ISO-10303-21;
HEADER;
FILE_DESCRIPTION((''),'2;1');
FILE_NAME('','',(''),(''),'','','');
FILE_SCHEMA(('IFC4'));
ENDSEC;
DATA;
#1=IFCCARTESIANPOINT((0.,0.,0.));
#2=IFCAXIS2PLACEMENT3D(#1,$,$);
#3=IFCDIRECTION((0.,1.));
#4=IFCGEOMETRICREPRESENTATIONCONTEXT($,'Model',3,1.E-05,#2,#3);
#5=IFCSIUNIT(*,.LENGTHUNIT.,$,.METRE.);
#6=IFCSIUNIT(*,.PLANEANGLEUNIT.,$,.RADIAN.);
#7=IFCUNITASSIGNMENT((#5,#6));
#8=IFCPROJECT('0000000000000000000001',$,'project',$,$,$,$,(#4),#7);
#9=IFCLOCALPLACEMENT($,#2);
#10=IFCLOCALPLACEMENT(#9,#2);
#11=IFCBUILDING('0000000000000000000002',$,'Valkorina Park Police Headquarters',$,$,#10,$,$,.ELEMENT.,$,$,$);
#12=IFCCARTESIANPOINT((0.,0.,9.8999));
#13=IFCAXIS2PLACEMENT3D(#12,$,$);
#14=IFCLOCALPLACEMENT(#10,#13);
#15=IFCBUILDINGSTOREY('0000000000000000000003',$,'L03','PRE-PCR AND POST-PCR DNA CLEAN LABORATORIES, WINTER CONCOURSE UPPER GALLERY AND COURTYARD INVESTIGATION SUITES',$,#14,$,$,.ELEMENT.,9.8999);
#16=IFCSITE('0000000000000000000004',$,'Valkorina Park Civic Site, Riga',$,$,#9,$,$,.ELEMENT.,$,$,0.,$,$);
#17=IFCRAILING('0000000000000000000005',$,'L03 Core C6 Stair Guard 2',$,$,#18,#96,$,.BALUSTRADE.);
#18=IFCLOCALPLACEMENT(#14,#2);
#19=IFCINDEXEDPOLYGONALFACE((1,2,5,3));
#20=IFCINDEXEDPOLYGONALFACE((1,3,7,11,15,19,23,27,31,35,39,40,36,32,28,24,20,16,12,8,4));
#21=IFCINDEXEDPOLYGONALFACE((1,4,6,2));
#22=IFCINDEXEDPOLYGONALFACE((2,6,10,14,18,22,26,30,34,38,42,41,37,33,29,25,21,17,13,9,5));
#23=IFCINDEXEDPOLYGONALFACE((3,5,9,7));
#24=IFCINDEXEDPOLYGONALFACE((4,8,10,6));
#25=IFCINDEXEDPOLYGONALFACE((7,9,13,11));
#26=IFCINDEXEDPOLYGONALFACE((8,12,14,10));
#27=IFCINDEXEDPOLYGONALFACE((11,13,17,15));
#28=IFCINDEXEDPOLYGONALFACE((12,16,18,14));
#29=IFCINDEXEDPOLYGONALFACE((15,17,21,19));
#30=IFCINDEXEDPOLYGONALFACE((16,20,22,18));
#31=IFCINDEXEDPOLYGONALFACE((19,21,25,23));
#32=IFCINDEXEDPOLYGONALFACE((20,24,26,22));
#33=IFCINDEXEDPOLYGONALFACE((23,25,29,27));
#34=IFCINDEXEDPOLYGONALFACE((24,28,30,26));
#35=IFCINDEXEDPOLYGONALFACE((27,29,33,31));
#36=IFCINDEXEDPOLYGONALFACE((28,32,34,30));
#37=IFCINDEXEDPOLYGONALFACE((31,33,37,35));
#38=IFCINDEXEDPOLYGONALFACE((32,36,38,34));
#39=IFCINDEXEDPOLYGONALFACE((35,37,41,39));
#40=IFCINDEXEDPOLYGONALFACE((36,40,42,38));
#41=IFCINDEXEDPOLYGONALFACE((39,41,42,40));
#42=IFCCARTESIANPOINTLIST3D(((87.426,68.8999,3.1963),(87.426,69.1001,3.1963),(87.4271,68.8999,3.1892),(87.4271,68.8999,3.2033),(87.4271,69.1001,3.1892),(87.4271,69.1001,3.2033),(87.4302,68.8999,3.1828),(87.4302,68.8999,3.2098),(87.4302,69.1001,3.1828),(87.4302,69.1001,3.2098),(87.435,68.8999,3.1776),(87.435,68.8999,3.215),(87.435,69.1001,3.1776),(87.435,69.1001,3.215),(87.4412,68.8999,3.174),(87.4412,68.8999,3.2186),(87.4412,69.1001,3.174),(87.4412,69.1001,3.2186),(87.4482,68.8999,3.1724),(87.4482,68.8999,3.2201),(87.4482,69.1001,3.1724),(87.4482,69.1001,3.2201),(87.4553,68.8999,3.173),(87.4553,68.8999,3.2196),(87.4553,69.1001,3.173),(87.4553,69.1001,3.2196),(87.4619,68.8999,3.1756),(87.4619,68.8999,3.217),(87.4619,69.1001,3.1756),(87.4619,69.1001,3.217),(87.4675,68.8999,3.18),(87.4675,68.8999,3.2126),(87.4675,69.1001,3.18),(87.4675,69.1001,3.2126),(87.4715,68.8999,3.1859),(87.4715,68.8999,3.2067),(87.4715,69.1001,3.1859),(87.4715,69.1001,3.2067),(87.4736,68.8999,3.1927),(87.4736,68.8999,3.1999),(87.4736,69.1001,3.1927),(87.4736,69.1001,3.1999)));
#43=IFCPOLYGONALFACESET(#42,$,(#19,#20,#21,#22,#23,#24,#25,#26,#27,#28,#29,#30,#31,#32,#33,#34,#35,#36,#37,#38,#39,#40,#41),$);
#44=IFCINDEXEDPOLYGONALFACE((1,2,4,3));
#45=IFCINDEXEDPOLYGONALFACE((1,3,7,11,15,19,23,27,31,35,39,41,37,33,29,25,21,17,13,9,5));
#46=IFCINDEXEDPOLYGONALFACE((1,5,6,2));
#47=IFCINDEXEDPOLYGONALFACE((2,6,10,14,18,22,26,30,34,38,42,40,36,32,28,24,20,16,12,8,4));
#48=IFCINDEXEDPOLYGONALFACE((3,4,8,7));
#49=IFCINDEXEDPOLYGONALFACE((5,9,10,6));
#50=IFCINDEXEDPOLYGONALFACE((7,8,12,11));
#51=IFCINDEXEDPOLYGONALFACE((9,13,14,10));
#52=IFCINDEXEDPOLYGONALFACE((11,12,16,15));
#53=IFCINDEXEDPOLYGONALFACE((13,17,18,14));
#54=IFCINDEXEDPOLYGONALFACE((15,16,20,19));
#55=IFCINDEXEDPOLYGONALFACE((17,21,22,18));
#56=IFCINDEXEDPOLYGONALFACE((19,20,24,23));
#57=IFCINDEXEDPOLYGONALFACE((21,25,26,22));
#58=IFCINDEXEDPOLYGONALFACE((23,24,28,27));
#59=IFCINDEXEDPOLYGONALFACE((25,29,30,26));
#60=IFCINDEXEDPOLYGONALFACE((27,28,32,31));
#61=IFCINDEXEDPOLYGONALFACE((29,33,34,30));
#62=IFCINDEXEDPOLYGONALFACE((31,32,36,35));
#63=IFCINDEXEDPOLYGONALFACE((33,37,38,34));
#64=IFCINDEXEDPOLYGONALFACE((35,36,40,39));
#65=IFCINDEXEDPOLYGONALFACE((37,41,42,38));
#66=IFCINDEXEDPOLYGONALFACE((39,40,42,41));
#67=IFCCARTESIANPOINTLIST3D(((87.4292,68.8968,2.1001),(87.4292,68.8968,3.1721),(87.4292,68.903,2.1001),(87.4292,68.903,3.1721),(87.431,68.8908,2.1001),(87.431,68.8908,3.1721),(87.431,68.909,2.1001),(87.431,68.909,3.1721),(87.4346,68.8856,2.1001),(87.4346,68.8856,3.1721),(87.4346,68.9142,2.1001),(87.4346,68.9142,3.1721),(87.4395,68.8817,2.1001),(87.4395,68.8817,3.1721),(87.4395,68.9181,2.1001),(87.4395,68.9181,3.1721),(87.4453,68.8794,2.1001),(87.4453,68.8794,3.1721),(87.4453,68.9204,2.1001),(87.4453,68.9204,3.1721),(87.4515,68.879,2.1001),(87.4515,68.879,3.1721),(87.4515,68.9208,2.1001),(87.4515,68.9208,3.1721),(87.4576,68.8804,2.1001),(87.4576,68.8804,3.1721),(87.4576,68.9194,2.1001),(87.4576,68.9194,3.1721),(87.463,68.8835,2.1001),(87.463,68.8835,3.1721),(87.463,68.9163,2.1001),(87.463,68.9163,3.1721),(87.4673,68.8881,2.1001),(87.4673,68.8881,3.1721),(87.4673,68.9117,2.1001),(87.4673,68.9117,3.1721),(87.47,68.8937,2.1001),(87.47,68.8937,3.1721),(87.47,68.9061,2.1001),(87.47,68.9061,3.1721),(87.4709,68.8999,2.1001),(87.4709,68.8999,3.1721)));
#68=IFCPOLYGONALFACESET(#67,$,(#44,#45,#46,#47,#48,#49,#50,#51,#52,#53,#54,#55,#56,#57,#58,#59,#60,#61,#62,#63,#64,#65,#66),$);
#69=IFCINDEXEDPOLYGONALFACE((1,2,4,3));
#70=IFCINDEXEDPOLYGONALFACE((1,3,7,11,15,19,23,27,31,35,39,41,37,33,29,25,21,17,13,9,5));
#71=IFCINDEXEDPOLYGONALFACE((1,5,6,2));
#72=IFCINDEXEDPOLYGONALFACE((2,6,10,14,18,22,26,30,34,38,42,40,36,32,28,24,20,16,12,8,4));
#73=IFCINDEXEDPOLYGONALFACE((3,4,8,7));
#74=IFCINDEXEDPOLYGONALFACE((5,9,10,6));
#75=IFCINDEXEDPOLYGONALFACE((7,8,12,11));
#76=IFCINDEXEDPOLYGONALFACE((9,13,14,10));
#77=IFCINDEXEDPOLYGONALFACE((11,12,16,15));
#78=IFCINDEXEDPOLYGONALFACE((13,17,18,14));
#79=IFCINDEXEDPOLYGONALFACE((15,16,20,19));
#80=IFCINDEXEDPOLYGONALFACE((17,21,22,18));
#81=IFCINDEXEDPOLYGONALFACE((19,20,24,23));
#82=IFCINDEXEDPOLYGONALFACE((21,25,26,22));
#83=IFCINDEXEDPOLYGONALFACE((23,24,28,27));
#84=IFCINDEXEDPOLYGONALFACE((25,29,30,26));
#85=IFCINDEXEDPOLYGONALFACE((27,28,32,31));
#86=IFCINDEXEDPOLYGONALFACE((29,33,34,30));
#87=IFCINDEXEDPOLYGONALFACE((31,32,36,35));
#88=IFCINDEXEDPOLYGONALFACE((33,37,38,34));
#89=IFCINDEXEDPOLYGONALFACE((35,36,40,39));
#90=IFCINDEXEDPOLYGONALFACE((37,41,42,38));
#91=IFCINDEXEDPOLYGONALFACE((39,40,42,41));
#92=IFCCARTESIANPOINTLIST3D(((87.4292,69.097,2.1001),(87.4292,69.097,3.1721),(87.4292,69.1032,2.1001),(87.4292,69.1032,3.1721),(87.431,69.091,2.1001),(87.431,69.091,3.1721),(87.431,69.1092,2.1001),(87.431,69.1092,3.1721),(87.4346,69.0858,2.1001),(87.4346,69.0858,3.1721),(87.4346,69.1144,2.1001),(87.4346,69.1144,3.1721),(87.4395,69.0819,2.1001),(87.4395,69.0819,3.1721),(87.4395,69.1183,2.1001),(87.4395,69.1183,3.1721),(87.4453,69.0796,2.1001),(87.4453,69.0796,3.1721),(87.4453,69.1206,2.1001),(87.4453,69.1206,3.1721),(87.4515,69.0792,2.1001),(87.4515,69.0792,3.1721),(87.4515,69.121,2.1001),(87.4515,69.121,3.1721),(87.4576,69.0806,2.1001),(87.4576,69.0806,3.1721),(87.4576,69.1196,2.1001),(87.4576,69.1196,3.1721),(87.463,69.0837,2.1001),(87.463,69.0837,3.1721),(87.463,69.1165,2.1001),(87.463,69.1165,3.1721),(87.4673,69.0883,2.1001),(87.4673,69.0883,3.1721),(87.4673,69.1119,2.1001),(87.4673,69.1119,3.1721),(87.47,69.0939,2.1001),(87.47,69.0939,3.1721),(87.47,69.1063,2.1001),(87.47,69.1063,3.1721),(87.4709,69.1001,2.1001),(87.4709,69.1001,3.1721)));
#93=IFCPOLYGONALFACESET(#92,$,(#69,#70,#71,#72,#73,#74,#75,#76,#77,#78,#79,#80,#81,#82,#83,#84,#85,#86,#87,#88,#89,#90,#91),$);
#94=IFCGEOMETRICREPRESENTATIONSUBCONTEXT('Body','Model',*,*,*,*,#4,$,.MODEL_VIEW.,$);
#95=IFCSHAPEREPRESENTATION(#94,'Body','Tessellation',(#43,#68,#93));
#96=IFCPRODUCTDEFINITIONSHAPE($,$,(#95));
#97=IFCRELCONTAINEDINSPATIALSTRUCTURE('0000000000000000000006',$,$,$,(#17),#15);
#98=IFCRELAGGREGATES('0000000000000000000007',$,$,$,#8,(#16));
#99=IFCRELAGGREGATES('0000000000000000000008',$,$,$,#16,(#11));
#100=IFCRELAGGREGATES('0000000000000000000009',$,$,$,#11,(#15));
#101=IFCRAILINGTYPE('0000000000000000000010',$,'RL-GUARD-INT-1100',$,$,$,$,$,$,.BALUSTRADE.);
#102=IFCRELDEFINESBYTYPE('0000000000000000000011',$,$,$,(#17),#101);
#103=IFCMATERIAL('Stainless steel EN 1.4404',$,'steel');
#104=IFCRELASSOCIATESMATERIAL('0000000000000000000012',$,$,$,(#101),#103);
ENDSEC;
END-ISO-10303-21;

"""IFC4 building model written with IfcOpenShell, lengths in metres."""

from ifc_helpers import new_model, si_unit, direction, frame, origin, origin_2d, place, context, subcontext, project, spatial, circle, extrude, material, type_object, element, save


model = new_model("IFC4")

# Units and contexts
model_context = context("Model", 3, precision=1e-05, world=origin(), true_north=direction((0.0, 1.0)))
body_context = subcontext(model_context, "Body", "Model", "MODEL_VIEW")
ifc_project = project(units=[si_unit("LENGTHUNIT", "METRE"), si_unit("PLANEANGLEUNIT", "RADIAN")], contexts=[model_context])

# Site, building, storey
site_placement = place(None, origin())
site = spatial("IfcSite", under=ifc_project, at=site_placement, Name="Valkorina Park Civic Site, Riga", CompositionType="ELEMENT", RefElevation=0.0)
building_placement = place(site_placement, origin())
building = spatial("IfcBuilding", under=site, at=building_placement, Name="Valkorina Park Police Headquarters", CompositionType="ELEMENT")
storey_placement = place(building_placement, frame((0.0, 0.0, 9.8999)))
storey = spatial("IfcBuildingStorey", under=building, at=storey_placement, Name="L03", Description="PRE-PCR AND POST-PCR DNA CLEAN LABORATORIES, WINTER CONCOURSE UPPER GALLERY AND COURTYARD INVESTIGATION SUITES", CompositionType="ELEMENT", Elevation=9.8999)

# Railing
ifc_material_1 = material(Name="Stainless steel EN 1.4404", Category="steel")
railing_type_1 = type_object("IfcRailingType", Name="RL-GUARD-INT-1100", PredefinedType="BALUSTRADE", material=ifc_material_1)
railing_1_placement = place(storey_placement, frame((87.45, 68.8999, 2.1001)))
element("IfcRailing", 1, at=railing_1_placement, inside=storey, type_object=railing_type_1, Name="L03 Core C6 Stair Guard 2", PredefinedType="BALUSTRADE", context=body_context, shape_type="SweptSolid", body=[
    extrude(circle(Radius=0.0239, at=origin_2d()), frame((0.0, 0.0, 1.0962), z_axis=(0.0, 1.0, 0.0), x_axis=(-1.0, 0.0, 0.0)), (0.0, 0.0, 1.0), 0.2002),
    extrude(circle(Radius=0.021, at=origin_2d()), origin(), (0.0, 0.0, 1.0), 1.072),
    extrude(circle(Radius=0.021, at=origin_2d()), frame((0.0, 0.2002, 0.0)), (0.0, 0.0, 1.0), 1.072),
])

save(model, "model.ifc")
